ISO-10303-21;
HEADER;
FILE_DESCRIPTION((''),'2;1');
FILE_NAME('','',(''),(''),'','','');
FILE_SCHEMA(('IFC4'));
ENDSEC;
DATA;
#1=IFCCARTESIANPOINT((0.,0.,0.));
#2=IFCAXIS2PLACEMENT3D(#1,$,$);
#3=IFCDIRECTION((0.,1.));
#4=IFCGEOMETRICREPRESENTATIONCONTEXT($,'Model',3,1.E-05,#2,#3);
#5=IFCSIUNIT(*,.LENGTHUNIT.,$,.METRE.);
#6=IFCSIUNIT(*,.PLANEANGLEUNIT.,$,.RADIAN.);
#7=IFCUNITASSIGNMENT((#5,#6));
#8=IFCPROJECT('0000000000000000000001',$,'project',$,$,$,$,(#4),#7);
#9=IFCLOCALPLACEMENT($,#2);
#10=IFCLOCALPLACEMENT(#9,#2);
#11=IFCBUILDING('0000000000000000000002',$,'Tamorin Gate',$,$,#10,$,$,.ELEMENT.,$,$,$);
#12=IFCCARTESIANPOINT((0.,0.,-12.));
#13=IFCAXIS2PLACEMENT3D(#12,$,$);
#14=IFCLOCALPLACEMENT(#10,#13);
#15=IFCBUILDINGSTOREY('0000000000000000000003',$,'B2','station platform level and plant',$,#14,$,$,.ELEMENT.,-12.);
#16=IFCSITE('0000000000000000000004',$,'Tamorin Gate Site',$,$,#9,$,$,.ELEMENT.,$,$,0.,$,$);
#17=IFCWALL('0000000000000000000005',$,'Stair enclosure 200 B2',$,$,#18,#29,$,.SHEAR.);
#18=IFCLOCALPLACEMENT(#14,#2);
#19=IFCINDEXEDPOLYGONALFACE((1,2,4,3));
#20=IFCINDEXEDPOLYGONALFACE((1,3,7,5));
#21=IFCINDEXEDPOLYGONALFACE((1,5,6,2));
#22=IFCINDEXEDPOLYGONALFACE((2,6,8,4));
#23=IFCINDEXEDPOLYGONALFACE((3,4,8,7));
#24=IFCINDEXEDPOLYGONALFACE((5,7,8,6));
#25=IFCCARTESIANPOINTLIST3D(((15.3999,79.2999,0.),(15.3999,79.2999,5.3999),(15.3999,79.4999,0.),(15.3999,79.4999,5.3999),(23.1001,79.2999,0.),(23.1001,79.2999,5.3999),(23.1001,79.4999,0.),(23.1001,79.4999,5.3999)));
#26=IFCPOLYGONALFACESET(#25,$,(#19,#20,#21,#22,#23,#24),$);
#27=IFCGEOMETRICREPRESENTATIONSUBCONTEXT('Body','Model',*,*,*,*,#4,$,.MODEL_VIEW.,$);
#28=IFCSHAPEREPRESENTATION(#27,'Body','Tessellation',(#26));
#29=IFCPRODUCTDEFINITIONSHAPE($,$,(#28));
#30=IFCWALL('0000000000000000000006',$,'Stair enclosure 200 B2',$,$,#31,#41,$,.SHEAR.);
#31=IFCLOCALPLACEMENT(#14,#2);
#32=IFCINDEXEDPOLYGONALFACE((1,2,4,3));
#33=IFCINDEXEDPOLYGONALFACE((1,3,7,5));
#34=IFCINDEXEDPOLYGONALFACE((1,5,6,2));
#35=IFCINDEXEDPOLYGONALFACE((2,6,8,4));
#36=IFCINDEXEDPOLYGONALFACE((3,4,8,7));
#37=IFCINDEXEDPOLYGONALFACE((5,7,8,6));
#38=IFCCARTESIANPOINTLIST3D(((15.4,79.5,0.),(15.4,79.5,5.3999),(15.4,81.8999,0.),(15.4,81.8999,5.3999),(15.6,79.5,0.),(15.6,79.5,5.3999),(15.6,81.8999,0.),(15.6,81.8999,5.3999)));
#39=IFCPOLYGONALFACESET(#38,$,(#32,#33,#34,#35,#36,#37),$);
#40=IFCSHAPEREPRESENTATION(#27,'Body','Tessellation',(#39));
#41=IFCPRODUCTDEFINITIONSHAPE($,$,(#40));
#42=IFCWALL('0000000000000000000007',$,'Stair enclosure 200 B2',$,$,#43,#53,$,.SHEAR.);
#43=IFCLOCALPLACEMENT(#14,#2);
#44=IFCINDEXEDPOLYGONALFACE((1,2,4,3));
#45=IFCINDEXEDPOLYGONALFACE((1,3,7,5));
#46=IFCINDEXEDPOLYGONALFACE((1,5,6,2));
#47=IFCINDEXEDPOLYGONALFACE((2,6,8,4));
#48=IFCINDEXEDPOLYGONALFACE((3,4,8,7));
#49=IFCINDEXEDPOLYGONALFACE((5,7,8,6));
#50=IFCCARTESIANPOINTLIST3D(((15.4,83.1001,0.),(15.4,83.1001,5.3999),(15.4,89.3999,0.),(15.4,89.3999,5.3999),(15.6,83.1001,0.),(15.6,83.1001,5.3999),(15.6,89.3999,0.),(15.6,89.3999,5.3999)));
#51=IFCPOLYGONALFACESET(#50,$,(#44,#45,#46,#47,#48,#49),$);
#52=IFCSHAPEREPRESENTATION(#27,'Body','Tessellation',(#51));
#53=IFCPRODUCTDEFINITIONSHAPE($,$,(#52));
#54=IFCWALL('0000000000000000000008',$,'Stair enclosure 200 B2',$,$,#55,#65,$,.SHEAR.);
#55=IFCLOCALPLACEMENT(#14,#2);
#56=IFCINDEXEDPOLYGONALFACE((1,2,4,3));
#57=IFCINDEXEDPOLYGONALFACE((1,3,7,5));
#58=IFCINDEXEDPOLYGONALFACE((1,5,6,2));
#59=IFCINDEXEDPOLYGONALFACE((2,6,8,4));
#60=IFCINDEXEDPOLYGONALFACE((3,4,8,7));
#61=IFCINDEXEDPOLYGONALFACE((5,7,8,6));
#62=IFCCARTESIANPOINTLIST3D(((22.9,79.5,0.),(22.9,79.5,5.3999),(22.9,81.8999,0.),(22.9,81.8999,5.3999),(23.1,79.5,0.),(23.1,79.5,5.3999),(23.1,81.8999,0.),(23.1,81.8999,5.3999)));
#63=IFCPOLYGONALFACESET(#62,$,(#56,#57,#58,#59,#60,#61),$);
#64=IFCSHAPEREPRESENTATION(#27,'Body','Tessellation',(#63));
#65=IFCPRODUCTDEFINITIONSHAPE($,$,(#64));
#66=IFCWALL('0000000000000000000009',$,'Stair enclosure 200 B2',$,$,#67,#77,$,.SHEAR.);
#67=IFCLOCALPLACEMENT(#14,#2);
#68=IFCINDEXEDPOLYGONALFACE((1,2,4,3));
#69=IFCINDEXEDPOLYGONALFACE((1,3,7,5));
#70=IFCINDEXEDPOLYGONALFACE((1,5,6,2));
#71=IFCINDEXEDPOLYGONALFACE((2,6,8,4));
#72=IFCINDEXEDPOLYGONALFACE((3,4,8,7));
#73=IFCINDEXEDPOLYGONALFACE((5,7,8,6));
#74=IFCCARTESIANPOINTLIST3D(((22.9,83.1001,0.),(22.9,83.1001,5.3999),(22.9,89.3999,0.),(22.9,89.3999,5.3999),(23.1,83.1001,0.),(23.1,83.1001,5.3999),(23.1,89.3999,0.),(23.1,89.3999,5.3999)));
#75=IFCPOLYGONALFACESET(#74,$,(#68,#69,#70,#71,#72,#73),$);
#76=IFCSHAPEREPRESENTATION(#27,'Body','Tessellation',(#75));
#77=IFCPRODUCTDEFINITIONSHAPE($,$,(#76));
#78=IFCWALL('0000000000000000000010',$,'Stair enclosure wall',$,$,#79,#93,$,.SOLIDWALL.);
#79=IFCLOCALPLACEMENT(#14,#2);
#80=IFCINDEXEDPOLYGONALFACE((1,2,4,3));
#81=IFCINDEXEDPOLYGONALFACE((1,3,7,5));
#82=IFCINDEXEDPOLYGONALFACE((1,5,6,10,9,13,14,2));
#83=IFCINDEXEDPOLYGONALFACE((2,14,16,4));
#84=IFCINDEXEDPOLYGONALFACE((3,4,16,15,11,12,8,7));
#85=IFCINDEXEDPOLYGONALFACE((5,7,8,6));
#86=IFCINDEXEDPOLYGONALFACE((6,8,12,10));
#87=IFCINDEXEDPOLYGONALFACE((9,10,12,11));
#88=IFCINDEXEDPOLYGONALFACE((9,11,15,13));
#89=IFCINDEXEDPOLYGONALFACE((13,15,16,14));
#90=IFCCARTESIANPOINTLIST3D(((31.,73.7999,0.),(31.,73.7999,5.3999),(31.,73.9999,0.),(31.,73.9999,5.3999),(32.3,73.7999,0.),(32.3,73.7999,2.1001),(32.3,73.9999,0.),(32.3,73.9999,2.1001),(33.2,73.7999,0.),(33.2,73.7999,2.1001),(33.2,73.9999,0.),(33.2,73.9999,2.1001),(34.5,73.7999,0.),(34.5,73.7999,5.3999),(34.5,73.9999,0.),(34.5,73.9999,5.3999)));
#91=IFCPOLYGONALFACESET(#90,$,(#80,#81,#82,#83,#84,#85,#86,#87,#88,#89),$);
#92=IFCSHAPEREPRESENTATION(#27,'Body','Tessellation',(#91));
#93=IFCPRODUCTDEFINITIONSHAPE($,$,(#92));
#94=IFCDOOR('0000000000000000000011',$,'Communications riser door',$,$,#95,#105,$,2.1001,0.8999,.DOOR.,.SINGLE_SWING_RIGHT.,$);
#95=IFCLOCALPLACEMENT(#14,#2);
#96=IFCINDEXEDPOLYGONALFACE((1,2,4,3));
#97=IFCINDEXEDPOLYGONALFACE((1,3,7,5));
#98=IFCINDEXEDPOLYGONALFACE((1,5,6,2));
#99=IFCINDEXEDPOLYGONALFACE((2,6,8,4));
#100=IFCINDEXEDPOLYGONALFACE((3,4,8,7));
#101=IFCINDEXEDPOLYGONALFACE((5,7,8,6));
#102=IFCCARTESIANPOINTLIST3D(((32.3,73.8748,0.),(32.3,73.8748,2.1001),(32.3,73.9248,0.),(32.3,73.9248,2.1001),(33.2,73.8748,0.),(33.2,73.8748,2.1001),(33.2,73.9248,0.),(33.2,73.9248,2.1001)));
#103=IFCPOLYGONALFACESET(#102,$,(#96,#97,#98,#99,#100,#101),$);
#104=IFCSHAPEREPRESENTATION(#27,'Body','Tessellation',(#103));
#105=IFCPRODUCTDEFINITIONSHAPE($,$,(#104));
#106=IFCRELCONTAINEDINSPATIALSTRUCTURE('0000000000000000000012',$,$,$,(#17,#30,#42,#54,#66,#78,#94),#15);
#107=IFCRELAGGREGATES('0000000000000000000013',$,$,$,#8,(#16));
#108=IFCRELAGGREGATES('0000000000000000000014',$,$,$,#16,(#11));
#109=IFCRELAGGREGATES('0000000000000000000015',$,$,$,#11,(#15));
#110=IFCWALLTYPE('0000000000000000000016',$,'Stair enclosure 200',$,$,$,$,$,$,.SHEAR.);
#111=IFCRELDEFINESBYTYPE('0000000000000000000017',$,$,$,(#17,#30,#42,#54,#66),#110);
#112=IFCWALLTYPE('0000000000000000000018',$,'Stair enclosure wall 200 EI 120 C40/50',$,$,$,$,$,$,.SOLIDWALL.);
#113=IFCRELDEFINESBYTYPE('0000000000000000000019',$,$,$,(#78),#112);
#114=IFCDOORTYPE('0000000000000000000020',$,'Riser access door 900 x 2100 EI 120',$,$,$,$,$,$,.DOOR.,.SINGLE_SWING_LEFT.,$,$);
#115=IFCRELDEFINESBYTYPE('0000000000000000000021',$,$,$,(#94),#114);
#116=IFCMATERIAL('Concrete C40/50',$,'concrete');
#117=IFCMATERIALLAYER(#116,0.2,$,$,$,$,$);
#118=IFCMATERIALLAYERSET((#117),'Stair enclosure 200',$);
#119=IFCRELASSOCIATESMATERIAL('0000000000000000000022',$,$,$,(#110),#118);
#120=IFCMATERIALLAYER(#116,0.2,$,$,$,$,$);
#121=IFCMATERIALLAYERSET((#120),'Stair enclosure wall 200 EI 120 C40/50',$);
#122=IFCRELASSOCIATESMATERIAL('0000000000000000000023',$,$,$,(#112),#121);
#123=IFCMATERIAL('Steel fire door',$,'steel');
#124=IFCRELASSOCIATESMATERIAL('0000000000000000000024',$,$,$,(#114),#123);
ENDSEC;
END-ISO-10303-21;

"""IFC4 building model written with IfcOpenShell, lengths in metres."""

from ifc_helpers import new_model, si_unit, direction, frame, frame_2d, origin, place, context, subcontext, project, spatial, rectangle, extrude, material, layer, layer_set, type_object, element, fill, save


model = new_model("IFC4")

# Units and contexts
model_context = context("Model", 3, precision=1e-05, world=origin(), true_north=direction((0.0, 1.0)))
body_context = subcontext(model_context, "Body", "Model", "MODEL_VIEW")
ifc_project = project(units=[si_unit("LENGTHUNIT", "METRE"), si_unit("PLANEANGLEUNIT", "RADIAN")], contexts=[model_context])

# Site, building, storey
site_placement = place(None, origin())
site = spatial("IfcSite", under=ifc_project, at=site_placement, Name="Tamorin Gate Site", CompositionType="ELEMENT", RefElevation=0.0)
building_placement = place(site_placement, origin())
building = spatial("IfcBuilding", under=site, at=building_placement, Name="Tamorin Gate", CompositionType="ELEMENT")
storey_placement = place(building_placement, frame((0.0, 0.0, -12.0)))
storey = spatial("IfcBuildingStorey", under=building, at=storey_placement, Name="B2", Description="station platform level and plant", CompositionType="ELEMENT", Elevation=-12.0)

# Shared definitions
ifc_material_1 = material(Name="Concrete C40/50", Category="concrete")

# Walls
ifc_layer_1 = layer(ifc_material_1, 0.2)
ifc_layer_set_1 = layer_set([ifc_layer_1], Name="Stair enclosure 200")
wall_type_1 = type_object("IfcWallType", Name="Stair enclosure 200", PredefinedType="SHEAR", material=ifc_layer_set_1)
wall_1_placement = place(storey_placement, frame((15.3999, 79.3999, 0.0), z_axis=(0.0, 0.0, 1.0), x_axis=(1.0, 0.0, 0.0)))
element("IfcWall", 1, at=wall_1_placement, inside=storey, type_object=wall_type_1, Name="Stair enclosure 200 B2", PredefinedType="SHEAR", context=body_context, shape_type="SweptSolid", body=[
    extrude(rectangle(XDim=7.7002, YDim=0.2, at=frame_2d((3.8501, 0.0))), origin(), (0.0, 0.0, 1.0), 5.3999),
])
wall_2_placement = place(storey_placement, frame((15.5, 79.5, 0.0), z_axis=(0.0, 0.0, 1.0), x_axis=(0.0, 1.0, 0.0)))
element("IfcWall", 2, at=wall_2_placement, inside=storey, type_object=wall_type_1, Name="Stair enclosure 200 B2", PredefinedType="SHEAR", context=body_context, shape_type="SweptSolid", body=[
    extrude(rectangle(XDim=2.3999, YDim=0.2, at=frame_2d((1.2, 0.0))), origin(), (0.0, 0.0, 1.0), 5.3999),
])
wall_3_placement = place(storey_placement, frame((15.5, 83.1001, 0.0), z_axis=(0.0, 0.0, 1.0), x_axis=(0.0, 1.0, 0.0)))
element("IfcWall", 3, at=wall_3_placement, inside=storey, type_object=wall_type_1, Name="Stair enclosure 200 B2", PredefinedType="SHEAR", context=body_context, shape_type="SweptSolid", body=[
    extrude(rectangle(XDim=6.2998, YDim=0.2, at=frame_2d((3.1499, 0.0))), origin(), (0.0, 0.0, 1.0), 5.3999),
])
wall_4_placement = place(storey_placement, frame((23.0, 79.5, 0.0), z_axis=(0.0, 0.0, 1.0), x_axis=(0.0, 1.0, 0.0)))
element("IfcWall", 4, at=wall_4_placement, inside=storey, type_object=wall_type_1, Name="Stair enclosure 200 B2", PredefinedType="SHEAR", context=body_context, shape_type="SweptSolid", body=[
    extrude(rectangle(XDim=2.3999, YDim=0.2, at=frame_2d((1.2, 0.0))), origin(), (0.0, 0.0, 1.0), 5.3999),
])
wall_5_placement = place(storey_placement, frame((23.0, 83.1001, 0.0), z_axis=(0.0, 0.0, 1.0), x_axis=(0.0, 1.0, 0.0)))
element("IfcWall", 5, at=wall_5_placement, inside=storey, type_object=wall_type_1, Name="Stair enclosure 200 B2", PredefinedType="SHEAR", context=body_context, shape_type="SweptSolid", body=[
    extrude(rectangle(XDim=6.2998, YDim=0.2, at=frame_2d((3.1499, 0.0))), origin(), (0.0, 0.0, 1.0), 5.3999),
])

# Wall, opening, door
ifc_layer_2 = layer(ifc_material_1, 0.2)
ifc_layer_set_2 = layer_set([ifc_layer_2], Name="Stair enclosure wall 200 EI 120 C40/50")
wall_type_2 = type_object("IfcWallType", Name="Stair enclosure wall 200 EI 120 C40/50", PredefinedType="SOLIDWALL", material=ifc_layer_set_2)
wall_6_placement = place(storey_placement, frame((31.0, 73.8999, 0.0), z_axis=(0.0, 0.0, 1.0), x_axis=(1.0, 0.0, 0.0)))
wall_6 = element("IfcWall", 6, at=wall_6_placement, inside=storey, type_object=wall_type_2, Name="Stair enclosure wall", PredefinedType="SOLIDWALL", context=body_context, shape_type="SweptSolid", body=[
    extrude(rectangle(XDim=3.5, YDim=0.2, at=frame_2d((1.75, 0.0))), origin(), (0.0, 0.0, 1.0), 5.3999),
])
opening_placement = place(wall_6_placement, frame((1.3, 0.0, 0.0)))
opening = element("IfcOpeningElement", 7, at=opening_placement, cuts=wall_6, PredefinedType="OPENING", context=body_context, shape_type="SweptSolid", body=[
    extrude(rectangle(XDim=0.8999, YDim=2.1001, at=frame_2d((0.45, 1.05))), frame((0.0, 0.1099, 0.0), z_axis=(0.0, -1.0, 0.0), x_axis=(1.0, 0.0, 0.0)), (0.0, 0.0, 1.0), 0.22),
])
ifc_material_2 = material(Name="Steel fire door", Category="steel")
door_type = type_object("IfcDoorType", Name="Riser access door 900 x 2100 EI 120", OperationType="SINGLE_SWING_LEFT", PredefinedType="DOOR", material=ifc_material_2)
door_placement = place(opening_placement, origin())
door = element("IfcDoor", 8, at=door_placement, inside=storey, type_object=door_type, Name="Communications riser door", OperationType="SINGLE_SWING_RIGHT", OverallHeight=2.1001, OverallWidth=0.8999, PredefinedType="DOOR", context=body_context, shape_type="SweptSolid", body=[
    extrude(rectangle(XDim=0.8999, YDim=2.1001, at=frame_2d((0.45, 1.05))), frame((0.0, 0.0249, 0.0), z_axis=(0.0, -1.0, 0.0), x_axis=(1.0, 0.0, 0.0)), (0.0, 0.0, 1.0), 0.05),
])
fill(opening, door)

save(model, "model.ifc")
